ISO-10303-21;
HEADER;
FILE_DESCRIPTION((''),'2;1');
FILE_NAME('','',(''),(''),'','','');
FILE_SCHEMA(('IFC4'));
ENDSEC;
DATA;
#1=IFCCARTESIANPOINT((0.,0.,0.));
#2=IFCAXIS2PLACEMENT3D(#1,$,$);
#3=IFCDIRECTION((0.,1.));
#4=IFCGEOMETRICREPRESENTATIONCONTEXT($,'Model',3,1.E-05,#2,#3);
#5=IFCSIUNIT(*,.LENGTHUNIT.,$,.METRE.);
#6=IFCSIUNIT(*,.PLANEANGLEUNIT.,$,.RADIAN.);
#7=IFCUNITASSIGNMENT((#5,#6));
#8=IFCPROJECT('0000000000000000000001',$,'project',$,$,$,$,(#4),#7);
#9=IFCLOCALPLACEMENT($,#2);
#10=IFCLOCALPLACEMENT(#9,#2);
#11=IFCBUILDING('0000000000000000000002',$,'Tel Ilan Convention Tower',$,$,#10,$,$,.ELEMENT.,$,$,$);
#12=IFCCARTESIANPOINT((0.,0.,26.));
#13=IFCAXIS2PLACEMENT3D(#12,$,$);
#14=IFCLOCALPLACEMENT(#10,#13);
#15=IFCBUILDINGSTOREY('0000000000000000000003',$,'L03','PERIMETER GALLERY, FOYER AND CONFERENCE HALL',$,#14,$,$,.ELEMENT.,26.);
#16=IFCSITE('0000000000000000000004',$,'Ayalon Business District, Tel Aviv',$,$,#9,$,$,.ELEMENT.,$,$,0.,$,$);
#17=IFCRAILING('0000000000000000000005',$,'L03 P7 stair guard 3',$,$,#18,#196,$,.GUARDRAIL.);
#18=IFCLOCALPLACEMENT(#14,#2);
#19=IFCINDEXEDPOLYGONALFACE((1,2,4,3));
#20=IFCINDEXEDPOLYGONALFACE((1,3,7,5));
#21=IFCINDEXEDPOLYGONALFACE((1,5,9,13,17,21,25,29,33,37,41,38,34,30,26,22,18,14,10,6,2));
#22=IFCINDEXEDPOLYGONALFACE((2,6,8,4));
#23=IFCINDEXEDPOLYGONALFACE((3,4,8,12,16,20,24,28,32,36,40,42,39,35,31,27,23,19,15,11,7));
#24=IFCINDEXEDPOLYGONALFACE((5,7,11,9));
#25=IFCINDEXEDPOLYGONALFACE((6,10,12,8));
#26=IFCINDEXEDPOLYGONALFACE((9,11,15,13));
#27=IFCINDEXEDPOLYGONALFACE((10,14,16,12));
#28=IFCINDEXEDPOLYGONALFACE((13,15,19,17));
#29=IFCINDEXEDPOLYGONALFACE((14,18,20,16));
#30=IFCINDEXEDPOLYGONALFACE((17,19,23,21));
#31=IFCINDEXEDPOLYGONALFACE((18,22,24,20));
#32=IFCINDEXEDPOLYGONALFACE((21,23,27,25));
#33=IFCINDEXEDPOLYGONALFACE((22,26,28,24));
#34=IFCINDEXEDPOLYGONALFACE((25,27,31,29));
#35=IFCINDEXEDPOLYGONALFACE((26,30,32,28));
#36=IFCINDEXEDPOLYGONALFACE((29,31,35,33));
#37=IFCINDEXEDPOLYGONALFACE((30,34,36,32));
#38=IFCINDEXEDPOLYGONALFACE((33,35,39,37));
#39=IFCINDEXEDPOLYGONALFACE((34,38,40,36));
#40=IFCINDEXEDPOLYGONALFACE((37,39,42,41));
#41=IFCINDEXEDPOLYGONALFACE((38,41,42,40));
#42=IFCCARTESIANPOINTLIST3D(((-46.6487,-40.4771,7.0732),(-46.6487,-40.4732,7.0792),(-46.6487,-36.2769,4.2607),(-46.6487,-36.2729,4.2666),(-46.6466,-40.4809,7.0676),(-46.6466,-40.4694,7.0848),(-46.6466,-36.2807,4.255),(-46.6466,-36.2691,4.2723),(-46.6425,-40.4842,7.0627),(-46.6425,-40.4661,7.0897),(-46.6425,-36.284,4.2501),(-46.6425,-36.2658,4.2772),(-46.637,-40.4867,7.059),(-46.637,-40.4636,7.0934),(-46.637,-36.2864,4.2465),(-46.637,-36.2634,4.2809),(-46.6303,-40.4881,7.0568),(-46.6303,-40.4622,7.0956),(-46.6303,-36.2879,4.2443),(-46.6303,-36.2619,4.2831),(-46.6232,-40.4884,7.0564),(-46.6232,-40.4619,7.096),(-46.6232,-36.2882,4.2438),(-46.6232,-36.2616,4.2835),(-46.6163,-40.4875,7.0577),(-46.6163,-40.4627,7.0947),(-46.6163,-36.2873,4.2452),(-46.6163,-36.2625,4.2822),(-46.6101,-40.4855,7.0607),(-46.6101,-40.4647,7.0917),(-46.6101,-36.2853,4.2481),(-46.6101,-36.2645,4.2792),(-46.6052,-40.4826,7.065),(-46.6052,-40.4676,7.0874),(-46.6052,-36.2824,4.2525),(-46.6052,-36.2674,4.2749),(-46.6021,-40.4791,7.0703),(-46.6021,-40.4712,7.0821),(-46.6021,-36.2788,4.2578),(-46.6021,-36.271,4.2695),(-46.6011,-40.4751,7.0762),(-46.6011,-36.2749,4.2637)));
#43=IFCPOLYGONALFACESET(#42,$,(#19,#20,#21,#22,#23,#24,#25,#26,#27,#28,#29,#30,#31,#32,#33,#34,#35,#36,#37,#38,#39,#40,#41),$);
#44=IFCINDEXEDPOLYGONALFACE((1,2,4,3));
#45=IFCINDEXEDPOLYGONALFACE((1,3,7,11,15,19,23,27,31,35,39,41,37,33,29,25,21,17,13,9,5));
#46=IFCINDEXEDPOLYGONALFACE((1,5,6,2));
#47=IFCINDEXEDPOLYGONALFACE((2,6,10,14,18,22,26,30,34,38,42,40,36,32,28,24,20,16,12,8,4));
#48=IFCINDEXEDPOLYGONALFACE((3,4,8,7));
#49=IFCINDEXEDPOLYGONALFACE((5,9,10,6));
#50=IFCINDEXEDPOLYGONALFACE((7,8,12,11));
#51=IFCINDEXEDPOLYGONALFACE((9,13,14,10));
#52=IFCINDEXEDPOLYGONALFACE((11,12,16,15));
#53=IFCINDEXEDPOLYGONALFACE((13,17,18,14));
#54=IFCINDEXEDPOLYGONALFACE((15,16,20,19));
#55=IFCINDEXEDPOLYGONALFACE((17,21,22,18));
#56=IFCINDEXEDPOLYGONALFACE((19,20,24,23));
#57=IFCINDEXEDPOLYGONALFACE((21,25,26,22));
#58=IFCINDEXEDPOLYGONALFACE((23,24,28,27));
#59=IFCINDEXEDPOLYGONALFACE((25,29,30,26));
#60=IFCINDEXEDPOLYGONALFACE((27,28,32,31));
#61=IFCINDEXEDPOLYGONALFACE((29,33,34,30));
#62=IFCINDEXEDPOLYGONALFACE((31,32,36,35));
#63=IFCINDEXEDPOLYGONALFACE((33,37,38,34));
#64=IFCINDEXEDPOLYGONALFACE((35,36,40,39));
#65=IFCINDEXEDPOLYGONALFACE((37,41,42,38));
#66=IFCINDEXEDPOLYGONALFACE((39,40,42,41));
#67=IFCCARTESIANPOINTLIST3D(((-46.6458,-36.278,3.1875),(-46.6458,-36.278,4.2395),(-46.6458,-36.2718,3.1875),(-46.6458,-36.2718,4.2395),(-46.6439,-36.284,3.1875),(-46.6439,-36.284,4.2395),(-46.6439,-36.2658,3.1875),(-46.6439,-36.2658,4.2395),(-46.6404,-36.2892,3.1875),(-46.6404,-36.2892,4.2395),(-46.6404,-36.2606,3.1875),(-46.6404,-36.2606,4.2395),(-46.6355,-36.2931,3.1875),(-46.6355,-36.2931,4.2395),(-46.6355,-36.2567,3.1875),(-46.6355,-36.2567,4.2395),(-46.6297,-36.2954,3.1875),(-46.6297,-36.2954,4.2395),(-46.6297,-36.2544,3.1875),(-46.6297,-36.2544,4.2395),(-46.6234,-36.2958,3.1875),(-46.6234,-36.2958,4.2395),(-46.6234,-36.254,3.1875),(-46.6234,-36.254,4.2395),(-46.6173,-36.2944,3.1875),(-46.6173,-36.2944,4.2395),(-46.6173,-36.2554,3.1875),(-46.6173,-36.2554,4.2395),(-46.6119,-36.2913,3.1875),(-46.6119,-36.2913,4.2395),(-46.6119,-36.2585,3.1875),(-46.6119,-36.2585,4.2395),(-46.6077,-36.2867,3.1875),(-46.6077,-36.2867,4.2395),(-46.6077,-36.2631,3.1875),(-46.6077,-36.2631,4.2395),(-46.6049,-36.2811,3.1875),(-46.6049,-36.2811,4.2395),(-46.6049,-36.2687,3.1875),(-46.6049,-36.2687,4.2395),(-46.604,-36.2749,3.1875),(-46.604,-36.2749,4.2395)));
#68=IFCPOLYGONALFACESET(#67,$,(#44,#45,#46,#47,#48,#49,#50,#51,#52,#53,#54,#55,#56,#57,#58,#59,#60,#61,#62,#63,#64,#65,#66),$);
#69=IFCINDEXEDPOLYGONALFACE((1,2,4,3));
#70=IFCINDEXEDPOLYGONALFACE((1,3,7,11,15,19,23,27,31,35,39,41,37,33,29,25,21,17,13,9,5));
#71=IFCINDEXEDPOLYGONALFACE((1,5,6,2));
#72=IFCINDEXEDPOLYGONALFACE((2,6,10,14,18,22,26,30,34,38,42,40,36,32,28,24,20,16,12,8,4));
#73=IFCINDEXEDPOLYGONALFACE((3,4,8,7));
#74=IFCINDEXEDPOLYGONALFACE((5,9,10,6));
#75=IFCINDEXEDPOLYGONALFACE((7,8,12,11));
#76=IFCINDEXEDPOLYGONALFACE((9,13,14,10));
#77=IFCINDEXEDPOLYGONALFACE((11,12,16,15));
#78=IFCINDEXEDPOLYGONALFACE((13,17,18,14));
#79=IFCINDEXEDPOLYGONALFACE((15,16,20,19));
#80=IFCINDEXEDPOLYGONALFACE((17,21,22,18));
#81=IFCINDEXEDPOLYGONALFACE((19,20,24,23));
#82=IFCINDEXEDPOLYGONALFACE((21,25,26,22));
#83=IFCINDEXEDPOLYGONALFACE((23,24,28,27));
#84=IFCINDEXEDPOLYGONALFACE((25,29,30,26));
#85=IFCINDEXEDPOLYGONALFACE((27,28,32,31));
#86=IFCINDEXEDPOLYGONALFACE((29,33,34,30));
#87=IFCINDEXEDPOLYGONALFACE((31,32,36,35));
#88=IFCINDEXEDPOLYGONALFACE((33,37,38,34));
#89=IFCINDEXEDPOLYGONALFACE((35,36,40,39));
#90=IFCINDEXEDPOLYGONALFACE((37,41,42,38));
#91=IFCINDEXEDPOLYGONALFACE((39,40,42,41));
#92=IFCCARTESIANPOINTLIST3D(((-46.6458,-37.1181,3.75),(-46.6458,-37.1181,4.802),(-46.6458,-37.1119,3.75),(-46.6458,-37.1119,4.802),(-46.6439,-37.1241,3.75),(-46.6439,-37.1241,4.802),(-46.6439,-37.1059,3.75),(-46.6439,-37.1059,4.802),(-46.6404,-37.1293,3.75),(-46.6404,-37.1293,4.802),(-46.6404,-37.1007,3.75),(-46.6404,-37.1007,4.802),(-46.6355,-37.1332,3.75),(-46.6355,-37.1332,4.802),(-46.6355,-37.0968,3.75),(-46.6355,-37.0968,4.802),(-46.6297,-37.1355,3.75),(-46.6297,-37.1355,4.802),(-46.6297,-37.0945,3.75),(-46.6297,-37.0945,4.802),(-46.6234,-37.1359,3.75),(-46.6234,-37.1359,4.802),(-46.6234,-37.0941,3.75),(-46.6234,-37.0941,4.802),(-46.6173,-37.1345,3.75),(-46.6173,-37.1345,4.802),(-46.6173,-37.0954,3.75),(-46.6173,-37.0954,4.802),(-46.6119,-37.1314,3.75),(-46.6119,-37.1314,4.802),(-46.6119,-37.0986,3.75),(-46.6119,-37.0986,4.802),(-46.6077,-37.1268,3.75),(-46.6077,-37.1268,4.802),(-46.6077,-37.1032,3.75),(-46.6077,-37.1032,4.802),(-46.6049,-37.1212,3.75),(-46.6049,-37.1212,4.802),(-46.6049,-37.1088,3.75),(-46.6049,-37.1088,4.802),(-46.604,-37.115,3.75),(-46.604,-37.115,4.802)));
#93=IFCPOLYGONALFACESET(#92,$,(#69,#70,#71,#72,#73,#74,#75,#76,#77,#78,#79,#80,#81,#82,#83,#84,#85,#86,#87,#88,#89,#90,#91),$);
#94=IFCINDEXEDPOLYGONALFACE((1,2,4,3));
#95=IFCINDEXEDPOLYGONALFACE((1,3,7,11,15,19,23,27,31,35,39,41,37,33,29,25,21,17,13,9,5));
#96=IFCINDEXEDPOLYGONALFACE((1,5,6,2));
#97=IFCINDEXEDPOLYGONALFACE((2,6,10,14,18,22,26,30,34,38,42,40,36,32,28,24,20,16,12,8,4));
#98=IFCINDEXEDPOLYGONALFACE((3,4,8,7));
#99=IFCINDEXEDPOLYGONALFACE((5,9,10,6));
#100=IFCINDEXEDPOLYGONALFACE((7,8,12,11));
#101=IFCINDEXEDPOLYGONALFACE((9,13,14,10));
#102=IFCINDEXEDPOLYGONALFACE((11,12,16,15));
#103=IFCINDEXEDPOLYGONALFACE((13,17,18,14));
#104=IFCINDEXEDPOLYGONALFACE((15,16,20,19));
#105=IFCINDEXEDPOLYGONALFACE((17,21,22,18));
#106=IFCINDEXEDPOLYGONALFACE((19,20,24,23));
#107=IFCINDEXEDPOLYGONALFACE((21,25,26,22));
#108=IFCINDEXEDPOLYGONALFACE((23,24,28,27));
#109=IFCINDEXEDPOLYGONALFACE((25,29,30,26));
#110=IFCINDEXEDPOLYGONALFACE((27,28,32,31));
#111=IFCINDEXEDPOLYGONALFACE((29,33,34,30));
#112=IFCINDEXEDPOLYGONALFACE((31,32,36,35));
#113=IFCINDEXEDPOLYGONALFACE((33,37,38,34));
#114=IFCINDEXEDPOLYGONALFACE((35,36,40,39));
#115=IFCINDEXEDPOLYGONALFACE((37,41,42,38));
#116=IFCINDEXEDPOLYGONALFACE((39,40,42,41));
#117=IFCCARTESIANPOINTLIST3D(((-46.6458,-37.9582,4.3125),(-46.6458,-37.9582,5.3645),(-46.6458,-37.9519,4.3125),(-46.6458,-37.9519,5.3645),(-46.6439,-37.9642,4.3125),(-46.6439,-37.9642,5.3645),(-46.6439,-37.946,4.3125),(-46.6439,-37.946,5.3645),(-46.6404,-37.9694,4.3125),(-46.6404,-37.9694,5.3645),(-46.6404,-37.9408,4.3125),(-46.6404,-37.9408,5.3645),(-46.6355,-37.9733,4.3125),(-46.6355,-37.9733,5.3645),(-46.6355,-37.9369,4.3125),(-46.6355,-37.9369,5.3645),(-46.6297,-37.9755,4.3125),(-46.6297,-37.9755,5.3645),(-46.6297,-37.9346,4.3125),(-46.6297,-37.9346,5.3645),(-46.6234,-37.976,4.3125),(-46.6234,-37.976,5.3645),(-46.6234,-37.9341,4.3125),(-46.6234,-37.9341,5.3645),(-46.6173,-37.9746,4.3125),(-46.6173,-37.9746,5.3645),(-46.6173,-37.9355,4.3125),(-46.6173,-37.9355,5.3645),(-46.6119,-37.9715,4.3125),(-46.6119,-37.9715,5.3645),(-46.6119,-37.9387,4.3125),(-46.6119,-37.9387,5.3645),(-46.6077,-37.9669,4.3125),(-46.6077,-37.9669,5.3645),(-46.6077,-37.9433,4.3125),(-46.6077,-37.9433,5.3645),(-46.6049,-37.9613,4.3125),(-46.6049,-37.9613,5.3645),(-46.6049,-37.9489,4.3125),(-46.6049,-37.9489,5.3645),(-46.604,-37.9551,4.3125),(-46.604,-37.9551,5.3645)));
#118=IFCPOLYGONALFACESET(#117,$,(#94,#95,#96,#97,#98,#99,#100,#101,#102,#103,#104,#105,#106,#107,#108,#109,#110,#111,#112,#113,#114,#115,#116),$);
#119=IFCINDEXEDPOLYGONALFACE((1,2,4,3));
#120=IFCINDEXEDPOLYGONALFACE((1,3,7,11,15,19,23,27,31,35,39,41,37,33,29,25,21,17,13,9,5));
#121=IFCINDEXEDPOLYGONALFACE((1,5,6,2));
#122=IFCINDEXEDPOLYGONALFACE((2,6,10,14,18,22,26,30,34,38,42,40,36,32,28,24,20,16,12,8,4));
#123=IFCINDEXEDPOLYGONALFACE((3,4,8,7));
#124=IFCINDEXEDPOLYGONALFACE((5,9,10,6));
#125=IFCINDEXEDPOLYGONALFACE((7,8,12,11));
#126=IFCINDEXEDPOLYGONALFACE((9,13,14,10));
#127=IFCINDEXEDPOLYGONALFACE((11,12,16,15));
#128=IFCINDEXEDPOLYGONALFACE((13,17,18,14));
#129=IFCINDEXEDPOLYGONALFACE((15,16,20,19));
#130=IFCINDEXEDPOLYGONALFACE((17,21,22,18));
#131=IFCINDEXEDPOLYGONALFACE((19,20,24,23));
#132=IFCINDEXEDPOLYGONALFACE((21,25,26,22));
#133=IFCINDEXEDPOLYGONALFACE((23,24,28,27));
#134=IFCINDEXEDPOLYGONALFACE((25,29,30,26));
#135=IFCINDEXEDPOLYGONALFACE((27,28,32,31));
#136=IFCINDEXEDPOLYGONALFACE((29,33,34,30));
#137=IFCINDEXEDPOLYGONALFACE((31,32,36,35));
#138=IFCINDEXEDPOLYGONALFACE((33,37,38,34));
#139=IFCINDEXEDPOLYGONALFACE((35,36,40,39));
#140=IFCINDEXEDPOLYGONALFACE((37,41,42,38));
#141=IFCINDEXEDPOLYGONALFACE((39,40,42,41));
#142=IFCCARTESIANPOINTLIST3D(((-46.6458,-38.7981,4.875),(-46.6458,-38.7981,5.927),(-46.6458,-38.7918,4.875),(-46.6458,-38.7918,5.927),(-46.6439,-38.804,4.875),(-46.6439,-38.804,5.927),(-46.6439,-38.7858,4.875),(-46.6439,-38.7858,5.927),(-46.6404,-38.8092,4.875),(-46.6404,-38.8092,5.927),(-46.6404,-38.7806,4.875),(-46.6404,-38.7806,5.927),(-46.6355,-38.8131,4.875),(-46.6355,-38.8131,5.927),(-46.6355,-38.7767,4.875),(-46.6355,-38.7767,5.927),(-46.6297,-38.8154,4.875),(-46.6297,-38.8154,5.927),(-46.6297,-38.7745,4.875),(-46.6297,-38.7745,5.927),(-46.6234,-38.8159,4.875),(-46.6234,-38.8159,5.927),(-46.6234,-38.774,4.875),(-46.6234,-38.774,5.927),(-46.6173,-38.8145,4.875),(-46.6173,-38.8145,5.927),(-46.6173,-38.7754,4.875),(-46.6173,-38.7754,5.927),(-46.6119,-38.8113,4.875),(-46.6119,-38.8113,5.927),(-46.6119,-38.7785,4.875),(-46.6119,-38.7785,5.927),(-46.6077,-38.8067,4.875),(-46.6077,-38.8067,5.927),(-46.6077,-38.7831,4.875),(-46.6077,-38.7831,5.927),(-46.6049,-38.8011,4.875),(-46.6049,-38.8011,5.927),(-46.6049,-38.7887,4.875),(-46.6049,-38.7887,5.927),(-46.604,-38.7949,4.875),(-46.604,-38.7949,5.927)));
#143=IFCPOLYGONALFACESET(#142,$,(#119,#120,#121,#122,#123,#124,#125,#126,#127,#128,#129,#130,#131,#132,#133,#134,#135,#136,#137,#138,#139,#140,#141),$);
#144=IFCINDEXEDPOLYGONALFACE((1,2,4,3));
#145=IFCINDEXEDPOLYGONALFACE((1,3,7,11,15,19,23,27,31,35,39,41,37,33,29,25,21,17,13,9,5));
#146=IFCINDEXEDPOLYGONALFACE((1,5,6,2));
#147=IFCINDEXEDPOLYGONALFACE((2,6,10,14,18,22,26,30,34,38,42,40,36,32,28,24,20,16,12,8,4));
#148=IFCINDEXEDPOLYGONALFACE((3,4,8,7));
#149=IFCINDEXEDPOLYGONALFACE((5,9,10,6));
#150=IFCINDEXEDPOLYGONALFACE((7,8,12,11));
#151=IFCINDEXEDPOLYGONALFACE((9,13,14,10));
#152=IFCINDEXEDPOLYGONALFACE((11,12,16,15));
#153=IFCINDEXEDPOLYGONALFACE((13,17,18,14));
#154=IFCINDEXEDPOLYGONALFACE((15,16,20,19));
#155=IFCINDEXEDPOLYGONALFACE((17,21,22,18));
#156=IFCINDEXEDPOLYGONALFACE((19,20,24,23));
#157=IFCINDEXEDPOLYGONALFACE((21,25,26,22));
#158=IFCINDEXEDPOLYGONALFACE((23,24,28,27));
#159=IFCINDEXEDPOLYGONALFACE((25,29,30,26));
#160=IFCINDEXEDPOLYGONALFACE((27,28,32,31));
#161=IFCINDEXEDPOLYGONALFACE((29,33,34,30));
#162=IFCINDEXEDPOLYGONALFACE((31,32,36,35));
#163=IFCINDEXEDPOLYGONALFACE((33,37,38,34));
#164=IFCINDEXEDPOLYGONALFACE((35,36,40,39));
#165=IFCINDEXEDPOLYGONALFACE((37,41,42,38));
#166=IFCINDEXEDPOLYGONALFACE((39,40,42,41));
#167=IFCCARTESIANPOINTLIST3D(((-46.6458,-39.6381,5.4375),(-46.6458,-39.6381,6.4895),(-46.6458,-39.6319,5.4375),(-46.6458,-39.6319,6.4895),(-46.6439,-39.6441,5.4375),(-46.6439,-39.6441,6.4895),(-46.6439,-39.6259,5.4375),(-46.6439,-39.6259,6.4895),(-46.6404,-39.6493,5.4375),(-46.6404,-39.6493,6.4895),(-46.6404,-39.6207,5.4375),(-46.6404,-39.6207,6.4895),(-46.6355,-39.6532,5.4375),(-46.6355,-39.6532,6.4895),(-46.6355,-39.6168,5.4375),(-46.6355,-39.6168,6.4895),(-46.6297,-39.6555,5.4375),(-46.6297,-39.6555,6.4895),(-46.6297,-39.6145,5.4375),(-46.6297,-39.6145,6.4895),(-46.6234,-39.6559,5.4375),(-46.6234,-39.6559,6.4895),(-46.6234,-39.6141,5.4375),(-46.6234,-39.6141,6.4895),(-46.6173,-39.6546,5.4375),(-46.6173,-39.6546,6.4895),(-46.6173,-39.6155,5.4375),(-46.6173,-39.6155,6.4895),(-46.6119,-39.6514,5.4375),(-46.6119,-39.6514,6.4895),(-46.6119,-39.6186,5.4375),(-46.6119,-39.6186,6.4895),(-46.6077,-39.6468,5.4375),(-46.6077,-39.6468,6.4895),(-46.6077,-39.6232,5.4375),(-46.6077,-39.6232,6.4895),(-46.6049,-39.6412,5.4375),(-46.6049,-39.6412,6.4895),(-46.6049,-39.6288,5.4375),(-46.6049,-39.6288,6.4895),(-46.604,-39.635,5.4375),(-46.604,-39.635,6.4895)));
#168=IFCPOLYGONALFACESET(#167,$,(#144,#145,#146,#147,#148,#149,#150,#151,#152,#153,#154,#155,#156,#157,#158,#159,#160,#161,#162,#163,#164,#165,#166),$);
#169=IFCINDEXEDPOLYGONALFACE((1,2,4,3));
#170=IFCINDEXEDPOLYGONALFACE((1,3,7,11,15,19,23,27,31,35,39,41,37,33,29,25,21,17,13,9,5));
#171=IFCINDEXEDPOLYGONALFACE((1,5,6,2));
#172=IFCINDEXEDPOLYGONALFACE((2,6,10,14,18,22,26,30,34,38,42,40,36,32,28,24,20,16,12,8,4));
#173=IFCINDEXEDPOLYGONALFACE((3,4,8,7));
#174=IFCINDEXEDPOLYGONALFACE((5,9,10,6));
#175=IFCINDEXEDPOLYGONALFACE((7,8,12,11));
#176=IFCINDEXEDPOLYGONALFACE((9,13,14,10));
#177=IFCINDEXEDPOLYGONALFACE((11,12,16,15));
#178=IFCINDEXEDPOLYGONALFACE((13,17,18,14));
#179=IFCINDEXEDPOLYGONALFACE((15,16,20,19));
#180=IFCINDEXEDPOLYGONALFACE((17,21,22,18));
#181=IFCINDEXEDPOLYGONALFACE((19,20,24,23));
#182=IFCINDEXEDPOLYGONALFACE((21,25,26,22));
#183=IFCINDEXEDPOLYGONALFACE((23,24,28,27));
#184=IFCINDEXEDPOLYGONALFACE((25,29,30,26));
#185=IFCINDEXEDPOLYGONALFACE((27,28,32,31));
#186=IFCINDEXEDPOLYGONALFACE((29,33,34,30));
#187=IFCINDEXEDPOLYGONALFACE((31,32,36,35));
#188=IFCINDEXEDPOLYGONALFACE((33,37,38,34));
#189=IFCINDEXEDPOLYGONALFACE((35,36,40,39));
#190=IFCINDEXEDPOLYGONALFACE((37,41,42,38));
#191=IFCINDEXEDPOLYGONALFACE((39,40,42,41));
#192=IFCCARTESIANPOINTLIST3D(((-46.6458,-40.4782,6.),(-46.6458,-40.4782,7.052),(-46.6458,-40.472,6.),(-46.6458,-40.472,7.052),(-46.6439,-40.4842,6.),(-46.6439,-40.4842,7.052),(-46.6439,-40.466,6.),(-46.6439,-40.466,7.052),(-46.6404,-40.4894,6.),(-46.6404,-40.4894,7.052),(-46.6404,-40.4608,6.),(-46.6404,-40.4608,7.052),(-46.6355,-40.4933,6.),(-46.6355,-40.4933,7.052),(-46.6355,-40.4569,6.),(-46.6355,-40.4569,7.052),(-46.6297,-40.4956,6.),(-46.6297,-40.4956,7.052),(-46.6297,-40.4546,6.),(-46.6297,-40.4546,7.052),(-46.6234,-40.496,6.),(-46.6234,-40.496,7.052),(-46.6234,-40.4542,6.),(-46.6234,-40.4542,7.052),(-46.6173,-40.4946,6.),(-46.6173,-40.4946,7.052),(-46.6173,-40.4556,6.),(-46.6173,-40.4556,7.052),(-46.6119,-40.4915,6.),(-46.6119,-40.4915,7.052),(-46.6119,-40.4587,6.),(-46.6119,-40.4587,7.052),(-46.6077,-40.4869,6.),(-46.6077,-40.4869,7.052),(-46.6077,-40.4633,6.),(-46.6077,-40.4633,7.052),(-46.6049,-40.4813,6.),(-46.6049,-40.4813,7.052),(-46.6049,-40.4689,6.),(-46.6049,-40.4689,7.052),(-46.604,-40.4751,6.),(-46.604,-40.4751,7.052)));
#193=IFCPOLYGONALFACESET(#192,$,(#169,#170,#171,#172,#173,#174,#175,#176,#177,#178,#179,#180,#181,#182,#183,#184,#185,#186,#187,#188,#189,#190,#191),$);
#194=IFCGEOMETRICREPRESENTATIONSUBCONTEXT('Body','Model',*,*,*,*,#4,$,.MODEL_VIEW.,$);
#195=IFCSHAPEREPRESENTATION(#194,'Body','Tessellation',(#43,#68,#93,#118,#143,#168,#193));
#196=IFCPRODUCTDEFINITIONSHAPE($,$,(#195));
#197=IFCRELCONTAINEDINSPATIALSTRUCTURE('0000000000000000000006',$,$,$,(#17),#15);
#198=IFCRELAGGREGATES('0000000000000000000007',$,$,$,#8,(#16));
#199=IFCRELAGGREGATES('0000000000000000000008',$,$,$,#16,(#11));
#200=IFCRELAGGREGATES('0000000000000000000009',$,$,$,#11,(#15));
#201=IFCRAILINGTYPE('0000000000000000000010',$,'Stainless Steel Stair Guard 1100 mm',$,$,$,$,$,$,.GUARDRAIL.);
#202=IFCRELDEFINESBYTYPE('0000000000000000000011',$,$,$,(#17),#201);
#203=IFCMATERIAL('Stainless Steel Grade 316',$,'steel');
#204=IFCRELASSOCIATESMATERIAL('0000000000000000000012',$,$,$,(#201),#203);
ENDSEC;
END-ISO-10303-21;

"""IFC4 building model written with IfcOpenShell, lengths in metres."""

from ifc_helpers import new_model, si_unit, direction, frame, origin, origin_2d, place, context, subcontext, project, spatial, circle, extrude, material, type_object, element, save


model = new_model("IFC4")

# Units and contexts
model_context = context("Model", 3, precision=1e-05, world=origin(), true_north=direction((0.0, 1.0)))
body_context = subcontext(model_context, "Body", "Model", "MODEL_VIEW")
ifc_project = project(units=[si_unit("LENGTHUNIT", "METRE"), si_unit("PLANEANGLEUNIT", "RADIAN")], contexts=[model_context])

# Site, building, storey
site_placement = place(None, origin())
site = spatial("IfcSite", under=ifc_project, at=site_placement, Name="Ayalon Business District, Tel Aviv", CompositionType="ELEMENT", RefElevation=0.0)
building_placement = place(site_placement, origin())
building = spatial("IfcBuilding", under=site, at=building_placement, Name="Tel Ilan Convention Tower", CompositionType="ELEMENT")
storey_placement = place(building_placement, frame((0.0, 0.0, 26.0)))
storey = spatial("IfcBuildingStorey", under=building, at=storey_placement, Name="L03", Description="PERIMETER GALLERY, FOYER AND CONFERENCE HALL", CompositionType="ELEMENT", Elevation=26.0)

# Railing
ifc_material_1 = material(Name="Stainless Steel Grade 316", Category="steel")
railing_type_1 = type_object("IfcRailingType", Name="Stainless Steel Stair Guard 1100 mm", PredefinedType="GUARDRAIL", material=ifc_material_1)
railing_1_placement = place(storey_placement, frame((-46.625, -36.2749, 3.1875)))
element("IfcRailing", 1, at=railing_1_placement, inside=storey, type_object=railing_type_1, Name="L03 P7 stair guard 3", PredefinedType="GUARDRAIL", context=body_context, shape_type="SweptSolid", body=[
    extrude(circle(Radius=0.0239, at=origin_2d()), frame((0.0, 0.0, 1.0762), z_axis=(0.0, -0.830919, 0.556393), x_axis=(1.0, 0.0, 0.0)), (0.0, 0.0, 1.0), 5.0549),
    extrude(circle(Radius=0.021, at=origin_2d()), origin(), (0.0, 0.0, 1.0), 1.052),
    extrude(circle(Radius=0.021, at=origin_2d()), frame((0.0, -0.8401, 0.5625)), (0.0, 0.0, 1.0), 1.052),
    extrude(circle(Radius=0.021, at=origin_2d()), frame((0.0, -1.6802, 1.125)), (0.0, 0.0, 1.0), 1.052),
    extrude(circle(Radius=0.021, at=origin_2d()), frame((0.0, -2.52, 1.6875)), (0.0, 0.0, 1.0), 1.052),
    extrude(circle(Radius=0.021, at=origin_2d()), frame((0.0, -3.3601, 2.25)), (0.0, 0.0, 1.0), 1.052),
    extrude(circle(Radius=0.021, at=origin_2d()), frame((0.0, -4.2002, 2.8125)), (0.0, 0.0, 1.0), 1.052),
])

save(model, "model.ifc")
